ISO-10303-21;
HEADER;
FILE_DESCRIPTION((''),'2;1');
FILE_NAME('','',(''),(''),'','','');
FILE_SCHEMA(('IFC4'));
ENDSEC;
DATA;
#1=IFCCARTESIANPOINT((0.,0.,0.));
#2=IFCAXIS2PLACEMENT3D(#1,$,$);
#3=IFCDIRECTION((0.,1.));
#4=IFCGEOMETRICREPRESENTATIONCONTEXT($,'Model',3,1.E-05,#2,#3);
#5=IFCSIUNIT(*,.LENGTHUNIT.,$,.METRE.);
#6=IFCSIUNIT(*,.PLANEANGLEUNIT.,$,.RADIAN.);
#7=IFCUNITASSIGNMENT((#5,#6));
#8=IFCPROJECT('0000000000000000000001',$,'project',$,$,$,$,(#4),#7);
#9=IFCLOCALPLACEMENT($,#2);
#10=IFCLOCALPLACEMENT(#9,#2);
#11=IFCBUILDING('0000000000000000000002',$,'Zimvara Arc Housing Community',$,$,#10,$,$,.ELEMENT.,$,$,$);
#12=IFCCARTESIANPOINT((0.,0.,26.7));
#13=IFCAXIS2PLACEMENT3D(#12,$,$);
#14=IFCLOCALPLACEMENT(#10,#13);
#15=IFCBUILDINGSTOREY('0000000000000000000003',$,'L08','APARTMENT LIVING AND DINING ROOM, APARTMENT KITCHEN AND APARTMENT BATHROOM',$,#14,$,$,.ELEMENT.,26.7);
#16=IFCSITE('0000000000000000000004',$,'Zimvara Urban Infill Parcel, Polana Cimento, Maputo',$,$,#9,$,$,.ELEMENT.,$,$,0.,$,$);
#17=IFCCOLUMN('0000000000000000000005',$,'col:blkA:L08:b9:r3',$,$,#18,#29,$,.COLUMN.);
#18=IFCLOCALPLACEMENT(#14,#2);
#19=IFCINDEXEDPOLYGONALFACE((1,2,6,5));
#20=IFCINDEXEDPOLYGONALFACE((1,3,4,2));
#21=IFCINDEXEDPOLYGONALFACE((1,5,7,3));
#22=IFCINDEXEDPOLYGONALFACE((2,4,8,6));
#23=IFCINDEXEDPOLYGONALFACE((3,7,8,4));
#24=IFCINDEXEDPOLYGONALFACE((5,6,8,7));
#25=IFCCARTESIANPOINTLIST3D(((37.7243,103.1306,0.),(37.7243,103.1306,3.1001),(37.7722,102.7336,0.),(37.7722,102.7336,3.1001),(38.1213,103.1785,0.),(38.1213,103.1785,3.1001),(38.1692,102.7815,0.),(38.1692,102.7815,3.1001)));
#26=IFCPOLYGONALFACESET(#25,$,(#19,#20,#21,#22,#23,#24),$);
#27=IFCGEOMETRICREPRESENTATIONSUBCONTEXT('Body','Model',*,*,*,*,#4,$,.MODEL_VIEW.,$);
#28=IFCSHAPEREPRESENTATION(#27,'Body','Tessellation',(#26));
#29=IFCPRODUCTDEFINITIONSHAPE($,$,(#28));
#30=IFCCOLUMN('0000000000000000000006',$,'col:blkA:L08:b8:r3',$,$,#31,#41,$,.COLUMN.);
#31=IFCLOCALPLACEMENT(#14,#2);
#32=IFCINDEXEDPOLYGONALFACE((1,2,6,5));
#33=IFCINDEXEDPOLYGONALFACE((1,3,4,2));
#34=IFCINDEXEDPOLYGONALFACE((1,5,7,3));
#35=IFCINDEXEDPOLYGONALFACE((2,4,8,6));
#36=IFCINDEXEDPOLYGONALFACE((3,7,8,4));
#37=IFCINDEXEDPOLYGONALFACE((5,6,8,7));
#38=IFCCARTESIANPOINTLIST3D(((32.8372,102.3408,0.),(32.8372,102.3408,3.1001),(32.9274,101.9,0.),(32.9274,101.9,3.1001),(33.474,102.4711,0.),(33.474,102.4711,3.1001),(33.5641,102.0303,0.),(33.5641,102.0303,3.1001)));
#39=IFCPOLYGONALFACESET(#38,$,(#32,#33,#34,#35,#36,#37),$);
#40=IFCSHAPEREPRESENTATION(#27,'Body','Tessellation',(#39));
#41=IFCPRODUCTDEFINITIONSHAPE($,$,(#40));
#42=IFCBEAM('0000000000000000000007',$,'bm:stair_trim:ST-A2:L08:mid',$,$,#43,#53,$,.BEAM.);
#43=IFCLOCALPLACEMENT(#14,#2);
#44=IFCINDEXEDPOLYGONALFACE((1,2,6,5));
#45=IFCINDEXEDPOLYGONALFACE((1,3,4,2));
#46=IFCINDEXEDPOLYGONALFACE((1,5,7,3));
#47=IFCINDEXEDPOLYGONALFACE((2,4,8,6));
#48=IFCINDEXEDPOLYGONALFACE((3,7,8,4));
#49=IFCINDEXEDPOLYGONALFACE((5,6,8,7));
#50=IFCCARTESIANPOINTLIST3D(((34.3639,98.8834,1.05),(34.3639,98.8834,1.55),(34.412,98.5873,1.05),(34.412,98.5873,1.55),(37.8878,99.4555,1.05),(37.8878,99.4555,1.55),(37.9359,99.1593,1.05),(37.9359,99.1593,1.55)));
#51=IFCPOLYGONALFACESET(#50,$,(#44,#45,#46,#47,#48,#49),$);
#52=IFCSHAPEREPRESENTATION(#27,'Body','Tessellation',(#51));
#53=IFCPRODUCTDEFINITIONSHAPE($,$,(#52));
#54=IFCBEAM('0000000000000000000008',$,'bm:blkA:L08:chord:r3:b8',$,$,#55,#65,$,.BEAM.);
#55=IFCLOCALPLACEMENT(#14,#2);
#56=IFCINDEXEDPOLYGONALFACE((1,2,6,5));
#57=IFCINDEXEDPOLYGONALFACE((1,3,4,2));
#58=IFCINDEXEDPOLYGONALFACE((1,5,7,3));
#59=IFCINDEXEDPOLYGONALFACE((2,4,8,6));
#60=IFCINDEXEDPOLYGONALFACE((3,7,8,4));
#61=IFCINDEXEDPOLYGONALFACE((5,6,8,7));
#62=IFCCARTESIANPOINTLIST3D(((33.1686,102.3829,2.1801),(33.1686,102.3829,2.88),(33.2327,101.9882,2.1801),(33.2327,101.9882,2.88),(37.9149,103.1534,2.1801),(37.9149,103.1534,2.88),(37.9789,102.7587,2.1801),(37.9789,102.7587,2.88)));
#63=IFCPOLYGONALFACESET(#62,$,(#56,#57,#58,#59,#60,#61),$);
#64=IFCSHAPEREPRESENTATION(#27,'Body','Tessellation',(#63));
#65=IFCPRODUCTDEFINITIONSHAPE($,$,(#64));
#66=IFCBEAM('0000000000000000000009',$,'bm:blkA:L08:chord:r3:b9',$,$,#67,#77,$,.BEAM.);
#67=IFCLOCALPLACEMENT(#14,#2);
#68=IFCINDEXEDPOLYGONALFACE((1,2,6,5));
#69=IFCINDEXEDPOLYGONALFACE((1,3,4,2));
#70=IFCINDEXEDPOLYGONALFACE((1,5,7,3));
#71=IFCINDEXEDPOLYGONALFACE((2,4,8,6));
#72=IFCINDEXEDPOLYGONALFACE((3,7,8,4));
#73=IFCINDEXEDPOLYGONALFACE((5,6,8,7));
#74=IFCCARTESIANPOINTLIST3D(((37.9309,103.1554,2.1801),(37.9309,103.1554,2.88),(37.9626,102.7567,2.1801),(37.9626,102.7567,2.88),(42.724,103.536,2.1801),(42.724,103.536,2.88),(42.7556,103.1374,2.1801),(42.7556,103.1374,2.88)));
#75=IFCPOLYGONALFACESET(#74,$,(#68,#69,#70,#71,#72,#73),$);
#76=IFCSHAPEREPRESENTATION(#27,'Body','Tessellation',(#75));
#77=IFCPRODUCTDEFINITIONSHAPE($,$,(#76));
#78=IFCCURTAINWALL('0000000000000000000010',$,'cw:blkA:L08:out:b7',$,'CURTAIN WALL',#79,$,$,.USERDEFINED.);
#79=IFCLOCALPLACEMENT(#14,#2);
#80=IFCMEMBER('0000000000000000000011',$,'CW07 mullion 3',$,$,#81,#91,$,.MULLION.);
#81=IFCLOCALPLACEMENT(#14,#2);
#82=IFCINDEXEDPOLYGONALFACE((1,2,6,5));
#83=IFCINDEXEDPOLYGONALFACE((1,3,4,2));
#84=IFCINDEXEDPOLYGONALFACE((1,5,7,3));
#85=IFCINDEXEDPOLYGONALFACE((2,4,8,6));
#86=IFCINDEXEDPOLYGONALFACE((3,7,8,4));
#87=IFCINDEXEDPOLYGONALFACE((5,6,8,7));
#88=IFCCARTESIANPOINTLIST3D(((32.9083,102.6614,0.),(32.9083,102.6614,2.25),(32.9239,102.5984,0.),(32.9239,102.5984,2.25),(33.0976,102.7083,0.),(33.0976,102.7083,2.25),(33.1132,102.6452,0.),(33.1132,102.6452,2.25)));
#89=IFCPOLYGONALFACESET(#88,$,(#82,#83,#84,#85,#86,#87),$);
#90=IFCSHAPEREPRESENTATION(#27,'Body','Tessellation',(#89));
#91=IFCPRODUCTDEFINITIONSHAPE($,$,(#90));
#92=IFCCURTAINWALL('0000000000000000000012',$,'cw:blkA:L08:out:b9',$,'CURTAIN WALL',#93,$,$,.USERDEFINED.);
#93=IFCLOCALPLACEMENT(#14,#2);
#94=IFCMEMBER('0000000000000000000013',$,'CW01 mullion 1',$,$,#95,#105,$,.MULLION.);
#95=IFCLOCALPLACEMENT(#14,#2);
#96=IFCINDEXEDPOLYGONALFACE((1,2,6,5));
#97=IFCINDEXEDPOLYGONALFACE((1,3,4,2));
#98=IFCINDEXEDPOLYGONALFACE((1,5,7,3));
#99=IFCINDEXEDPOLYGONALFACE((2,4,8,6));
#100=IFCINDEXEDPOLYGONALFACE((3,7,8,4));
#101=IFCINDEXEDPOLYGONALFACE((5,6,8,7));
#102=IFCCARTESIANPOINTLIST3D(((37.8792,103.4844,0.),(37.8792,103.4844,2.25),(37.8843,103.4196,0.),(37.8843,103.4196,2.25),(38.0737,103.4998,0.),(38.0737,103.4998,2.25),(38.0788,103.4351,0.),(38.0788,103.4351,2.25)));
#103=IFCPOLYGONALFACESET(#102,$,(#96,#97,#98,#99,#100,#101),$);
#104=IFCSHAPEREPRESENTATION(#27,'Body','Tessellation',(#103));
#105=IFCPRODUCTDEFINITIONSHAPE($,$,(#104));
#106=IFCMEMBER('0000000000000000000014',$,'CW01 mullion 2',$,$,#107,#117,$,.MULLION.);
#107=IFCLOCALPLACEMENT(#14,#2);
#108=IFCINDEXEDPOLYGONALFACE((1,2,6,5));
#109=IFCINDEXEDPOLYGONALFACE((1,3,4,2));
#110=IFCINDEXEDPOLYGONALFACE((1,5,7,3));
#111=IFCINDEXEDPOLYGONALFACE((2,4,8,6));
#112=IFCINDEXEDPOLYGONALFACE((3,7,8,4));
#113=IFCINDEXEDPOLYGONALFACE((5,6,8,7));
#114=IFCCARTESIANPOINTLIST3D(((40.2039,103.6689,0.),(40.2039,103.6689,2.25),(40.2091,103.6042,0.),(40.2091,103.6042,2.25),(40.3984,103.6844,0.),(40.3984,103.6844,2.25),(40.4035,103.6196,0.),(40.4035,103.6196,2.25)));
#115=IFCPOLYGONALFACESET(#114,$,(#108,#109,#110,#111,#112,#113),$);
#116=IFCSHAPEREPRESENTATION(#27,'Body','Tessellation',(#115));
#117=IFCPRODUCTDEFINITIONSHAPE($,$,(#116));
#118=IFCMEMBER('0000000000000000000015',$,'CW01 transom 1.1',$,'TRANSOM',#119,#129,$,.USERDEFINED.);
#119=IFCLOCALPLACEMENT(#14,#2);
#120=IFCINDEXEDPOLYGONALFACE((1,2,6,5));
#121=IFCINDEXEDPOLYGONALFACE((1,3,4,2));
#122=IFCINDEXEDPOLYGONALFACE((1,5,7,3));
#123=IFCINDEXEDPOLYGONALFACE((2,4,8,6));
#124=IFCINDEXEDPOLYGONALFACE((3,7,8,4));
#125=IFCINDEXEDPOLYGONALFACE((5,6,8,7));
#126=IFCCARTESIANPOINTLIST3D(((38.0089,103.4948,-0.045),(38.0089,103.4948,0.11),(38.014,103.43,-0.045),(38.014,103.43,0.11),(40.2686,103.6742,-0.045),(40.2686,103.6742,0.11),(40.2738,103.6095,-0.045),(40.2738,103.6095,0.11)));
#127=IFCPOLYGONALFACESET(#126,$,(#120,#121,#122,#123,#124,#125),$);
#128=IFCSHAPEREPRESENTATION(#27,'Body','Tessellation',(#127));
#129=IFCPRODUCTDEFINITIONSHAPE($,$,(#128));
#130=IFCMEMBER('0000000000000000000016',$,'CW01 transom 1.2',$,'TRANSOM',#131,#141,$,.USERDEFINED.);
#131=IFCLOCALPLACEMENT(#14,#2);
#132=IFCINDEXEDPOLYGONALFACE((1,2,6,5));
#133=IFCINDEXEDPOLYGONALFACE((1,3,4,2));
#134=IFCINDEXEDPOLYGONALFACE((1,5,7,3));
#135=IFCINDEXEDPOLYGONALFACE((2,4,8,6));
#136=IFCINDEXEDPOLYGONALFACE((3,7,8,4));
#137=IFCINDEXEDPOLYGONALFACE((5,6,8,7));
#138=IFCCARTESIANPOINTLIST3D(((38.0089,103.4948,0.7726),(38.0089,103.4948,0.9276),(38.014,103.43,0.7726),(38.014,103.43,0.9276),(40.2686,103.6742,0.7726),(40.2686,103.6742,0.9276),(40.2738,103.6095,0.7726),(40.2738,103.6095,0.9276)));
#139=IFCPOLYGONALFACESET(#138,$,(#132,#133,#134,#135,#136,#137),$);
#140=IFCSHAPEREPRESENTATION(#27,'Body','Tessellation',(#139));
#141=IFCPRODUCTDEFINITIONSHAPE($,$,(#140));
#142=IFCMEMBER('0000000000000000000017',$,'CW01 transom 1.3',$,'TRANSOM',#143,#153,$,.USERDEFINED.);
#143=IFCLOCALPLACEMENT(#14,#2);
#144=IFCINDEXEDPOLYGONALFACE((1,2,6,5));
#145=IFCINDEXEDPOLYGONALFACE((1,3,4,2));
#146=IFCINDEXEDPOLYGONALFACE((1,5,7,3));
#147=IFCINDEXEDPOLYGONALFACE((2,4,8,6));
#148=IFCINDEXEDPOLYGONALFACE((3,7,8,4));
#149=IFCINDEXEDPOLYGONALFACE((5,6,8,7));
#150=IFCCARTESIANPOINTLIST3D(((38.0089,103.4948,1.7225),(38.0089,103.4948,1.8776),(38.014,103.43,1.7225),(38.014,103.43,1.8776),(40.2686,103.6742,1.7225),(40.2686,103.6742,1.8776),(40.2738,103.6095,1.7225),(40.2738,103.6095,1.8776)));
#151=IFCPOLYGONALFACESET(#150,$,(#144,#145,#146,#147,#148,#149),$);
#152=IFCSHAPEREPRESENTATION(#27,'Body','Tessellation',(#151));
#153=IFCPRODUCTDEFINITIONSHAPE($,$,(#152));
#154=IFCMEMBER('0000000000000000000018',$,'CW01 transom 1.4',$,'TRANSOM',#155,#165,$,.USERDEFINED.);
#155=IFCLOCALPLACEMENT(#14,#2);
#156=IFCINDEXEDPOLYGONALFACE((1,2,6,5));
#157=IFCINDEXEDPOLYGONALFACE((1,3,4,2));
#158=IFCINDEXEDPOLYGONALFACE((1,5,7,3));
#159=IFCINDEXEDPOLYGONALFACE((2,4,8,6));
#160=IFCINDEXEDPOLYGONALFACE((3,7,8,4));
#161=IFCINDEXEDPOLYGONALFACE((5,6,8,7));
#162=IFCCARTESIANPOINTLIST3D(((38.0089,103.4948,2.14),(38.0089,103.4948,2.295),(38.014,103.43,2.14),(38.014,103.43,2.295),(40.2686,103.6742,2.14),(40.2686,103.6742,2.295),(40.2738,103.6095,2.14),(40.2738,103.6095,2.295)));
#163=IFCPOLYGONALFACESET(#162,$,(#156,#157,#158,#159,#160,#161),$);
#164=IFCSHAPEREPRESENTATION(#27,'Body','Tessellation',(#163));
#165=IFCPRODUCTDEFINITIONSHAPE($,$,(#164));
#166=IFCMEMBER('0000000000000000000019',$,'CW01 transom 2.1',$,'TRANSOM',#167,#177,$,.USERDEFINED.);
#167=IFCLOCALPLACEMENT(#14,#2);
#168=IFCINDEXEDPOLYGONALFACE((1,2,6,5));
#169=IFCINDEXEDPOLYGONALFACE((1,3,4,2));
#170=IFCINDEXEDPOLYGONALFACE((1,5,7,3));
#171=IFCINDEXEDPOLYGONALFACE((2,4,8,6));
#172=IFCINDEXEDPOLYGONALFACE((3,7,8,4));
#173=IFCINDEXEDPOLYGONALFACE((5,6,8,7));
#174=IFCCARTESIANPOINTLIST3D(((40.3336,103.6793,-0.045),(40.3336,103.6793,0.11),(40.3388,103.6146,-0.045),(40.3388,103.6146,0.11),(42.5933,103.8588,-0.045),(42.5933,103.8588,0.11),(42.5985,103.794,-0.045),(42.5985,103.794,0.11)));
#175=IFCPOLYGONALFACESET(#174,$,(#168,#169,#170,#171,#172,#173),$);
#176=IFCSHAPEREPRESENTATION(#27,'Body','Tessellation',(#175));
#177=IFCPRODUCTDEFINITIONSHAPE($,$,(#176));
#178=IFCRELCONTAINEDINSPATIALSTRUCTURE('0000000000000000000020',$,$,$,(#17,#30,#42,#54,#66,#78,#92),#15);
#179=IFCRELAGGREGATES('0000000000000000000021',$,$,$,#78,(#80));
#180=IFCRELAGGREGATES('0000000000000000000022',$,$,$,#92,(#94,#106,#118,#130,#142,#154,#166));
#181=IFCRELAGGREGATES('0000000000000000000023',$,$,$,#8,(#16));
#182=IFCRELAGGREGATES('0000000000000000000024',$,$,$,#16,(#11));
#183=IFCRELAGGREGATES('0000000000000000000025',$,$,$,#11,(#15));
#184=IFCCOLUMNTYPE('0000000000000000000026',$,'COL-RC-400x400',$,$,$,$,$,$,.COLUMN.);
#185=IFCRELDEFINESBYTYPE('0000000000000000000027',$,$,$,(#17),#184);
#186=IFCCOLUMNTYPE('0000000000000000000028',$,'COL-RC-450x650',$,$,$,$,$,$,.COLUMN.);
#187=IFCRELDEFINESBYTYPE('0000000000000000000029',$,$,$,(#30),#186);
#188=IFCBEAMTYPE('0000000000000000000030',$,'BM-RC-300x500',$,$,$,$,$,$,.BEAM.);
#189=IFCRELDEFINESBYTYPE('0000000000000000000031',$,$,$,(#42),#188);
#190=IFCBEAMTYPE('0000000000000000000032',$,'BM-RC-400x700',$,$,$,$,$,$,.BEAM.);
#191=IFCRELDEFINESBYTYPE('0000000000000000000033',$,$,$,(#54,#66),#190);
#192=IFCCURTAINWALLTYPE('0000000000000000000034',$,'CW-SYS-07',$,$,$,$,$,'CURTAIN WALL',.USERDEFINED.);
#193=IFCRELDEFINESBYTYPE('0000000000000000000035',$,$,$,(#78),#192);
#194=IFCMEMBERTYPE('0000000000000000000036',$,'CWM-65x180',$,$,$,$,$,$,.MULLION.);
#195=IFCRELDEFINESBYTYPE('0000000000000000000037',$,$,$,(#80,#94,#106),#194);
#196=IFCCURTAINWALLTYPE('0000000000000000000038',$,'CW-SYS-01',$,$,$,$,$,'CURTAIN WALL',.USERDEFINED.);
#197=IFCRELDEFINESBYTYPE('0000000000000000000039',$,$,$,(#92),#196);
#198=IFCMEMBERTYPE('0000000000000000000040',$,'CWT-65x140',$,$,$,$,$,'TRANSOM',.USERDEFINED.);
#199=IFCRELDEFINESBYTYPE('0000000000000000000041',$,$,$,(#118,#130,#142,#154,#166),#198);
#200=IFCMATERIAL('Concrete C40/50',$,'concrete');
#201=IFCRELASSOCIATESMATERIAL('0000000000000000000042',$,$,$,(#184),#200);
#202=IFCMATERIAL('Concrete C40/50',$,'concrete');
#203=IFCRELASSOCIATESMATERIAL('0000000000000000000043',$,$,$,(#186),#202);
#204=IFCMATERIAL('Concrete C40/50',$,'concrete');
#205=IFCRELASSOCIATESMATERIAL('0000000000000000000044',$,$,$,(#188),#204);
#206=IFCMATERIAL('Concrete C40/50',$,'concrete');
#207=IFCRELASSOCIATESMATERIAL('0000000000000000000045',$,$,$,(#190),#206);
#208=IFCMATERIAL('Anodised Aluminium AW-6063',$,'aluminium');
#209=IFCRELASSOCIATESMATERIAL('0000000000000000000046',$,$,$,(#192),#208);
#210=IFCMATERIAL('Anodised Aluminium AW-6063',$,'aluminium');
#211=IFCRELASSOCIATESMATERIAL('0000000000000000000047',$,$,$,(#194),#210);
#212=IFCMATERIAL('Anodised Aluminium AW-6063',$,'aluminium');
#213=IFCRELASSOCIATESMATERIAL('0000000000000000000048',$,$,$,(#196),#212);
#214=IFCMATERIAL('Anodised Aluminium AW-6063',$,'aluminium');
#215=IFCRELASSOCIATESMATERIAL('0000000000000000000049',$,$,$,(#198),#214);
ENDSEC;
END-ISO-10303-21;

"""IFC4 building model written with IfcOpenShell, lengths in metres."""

from ifc_helpers import new_model, si_unit, direction, frame, origin, origin_2d, place, context, subcontext, project, spatial, rectangle, extrude, material, material_profile, profile_set, type_object, element, aggregate, save


model = new_model("IFC4")

# Units and contexts
model_context = context("Model", 3, precision=1e-05, world=origin(), true_north=direction((0.0, 1.0)))
body_context = subcontext(model_context, "Body", "Model", "MODEL_VIEW")
ifc_project = project(units=[si_unit("LENGTHUNIT", "METRE"), si_unit("PLANEANGLEUNIT", "RADIAN")], contexts=[model_context])

# Site, building, storey
site_placement = place(None, origin())
site = spatial("IfcSite", under=ifc_project, at=site_placement, Name="Zimvara Urban Infill Parcel, Polana Cimento, Maputo", CompositionType="ELEMENT", RefElevation=0.0)
building_placement = place(site_placement, origin())
building = spatial("IfcBuilding", under=site, at=building_placement, Name="Zimvara Arc Housing Community", CompositionType="ELEMENT")
storey_placement = place(building_placement, frame((0.0, 0.0, 26.7)))
storey = spatial("IfcBuildingStorey", under=building, at=storey_placement, Name="L08", Description="APARTMENT LIVING AND DINING ROOM, APARTMENT KITCHEN AND APARTMENT BATHROOM", CompositionType="ELEMENT", Elevation=26.7)

# Columns
ifc_material_1 = material(Name="Concrete C40/50", Category="concrete")
ifc_material_profile_1 = material_profile(ifc_material_1, rectangle(XDim=0.3999, YDim=0.3999, at=origin_2d()), Name="RC 400x400")
ifc_profile_set_1 = profile_set([ifc_material_profile_1], Name="Concrete C40/50")
column_type_1 = type_object("IfcColumnType", Name="COL-RC-400x400", PredefinedType="COLUMN", material=ifc_profile_set_1)
column_1_placement = place(storey_placement, frame((37.9468, 102.9561, 0.0), z_axis=(0.0, 0.0, 1.0), x_axis=(-0.11979, 0.992799, 0.0)))
element("IfcColumn", 1, at=column_1_placement, inside=storey, type_object=column_type_1, Name="col:blkA:L08:b9:r3", PredefinedType="COLUMN", context=body_context, shape_type="SweptSolid", body=[
    extrude(rectangle(XDim=0.3999, YDim=0.3999, at=origin_2d()), origin(), (0.0, 0.0, 1.0), 3.1001),
])
ifc_material_2 = material(Name="Concrete C40/50", Category="concrete")
ifc_material_profile_2 = material_profile(ifc_material_2, rectangle(XDim=0.45, YDim=0.6499, at=origin_2d()), Name="RC 450x650")
ifc_profile_set_2 = profile_set([ifc_material_profile_2], Name="Concrete C40/50")
column_type_2 = type_object("IfcColumnType", Name="COL-RC-450x650", PredefinedType="COLUMN", material=ifc_profile_set_2)
column_2_placement = place(storey_placement, frame((33.2007, 102.1855, 0.0), z_axis=(0.0, 0.0, 1.0), x_axis=(-0.200394, 0.979715, 0.0)))
element("IfcColumn", 2, at=column_2_placement, inside=storey, type_object=column_type_2, Name="col:blkA:L08:b8:r3", PredefinedType="COLUMN", context=body_context, shape_type="SweptSolid", body=[
    extrude(rectangle(XDim=0.45, YDim=0.6499, at=origin_2d()), origin(), (0.0, 0.0, 1.0), 3.1001),
])

# Beams
ifc_material_3 = material(Name="Concrete C40/50", Category="concrete")
ifc_material_profile_3 = material_profile(ifc_material_3, rectangle(XDim=0.3, YDim=0.5, at=origin_2d()), Name="RC 300x500")
ifc_profile_set_3 = profile_set([ifc_material_profile_3], Name="Concrete C40/50")
beam_type_1 = type_object("IfcBeamType", Name="BM-RC-300x500", PredefinedType="BEAM", material=ifc_profile_set_3)
beam_1_placement = place(storey_placement, frame((37.9119, 99.3074, 1.3), z_axis=(-0.98708, -0.160228, 0.0), x_axis=(0.160228, -0.98708, 0.0)))
element("IfcBeam", 3, at=beam_1_placement, inside=storey, type_object=beam_type_1, Name="bm:stair_trim:ST-A2:L08:mid", PredefinedType="BEAM", context=body_context, shape_type="SweptSolid", body=[
    extrude(rectangle(XDim=0.3, YDim=0.5, at=origin_2d()), origin(), (0.0, 0.0, 1.0), 3.5701),
])
ifc_material_4 = material(Name="Concrete C40/50", Category="concrete")
ifc_material_profile_4 = material_profile(ifc_material_4, rectangle(XDim=0.3999, YDim=0.7, at=origin_2d()), Name="RC 400x700")
ifc_profile_set_4 = profile_set([ifc_material_profile_4], Name="Concrete C40/50")
beam_type_2 = type_object("IfcBeamType", Name="BM-RC-400x700", PredefinedType="BEAM", material=ifc_profile_set_4)
beam_2_placement = place(storey_placement, frame((33.2007, 102.1855, 2.53), z_axis=(0.987077, 0.160248, 0.0), x_axis=(-0.160248, 0.987077, 0.0)))
element("IfcBeam", 4, at=beam_2_placement, inside=storey, type_object=beam_type_2, Name="bm:blkA:L08:chord:r3:b8", PredefinedType="BEAM", context=body_context, shape_type="SweptSolid", body=[
    extrude(rectangle(XDim=0.3999, YDim=0.7, at=origin_2d()), origin(), (0.0, 0.0, 1.0), 4.8083),
])
beam_3_placement = place(storey_placement, frame((37.9468, 102.9561, 2.53), z_axis=(0.996862, 0.079162, 0.0), x_axis=(-0.079162, 0.996862, 0.0)))
element("IfcBeam", 5, at=beam_3_placement, inside=storey, type_object=beam_type_2, Name="bm:blkA:L08:chord:r3:b9", PredefinedType="BEAM", context=body_context, shape_type="SweptSolid", body=[
    extrude(rectangle(XDim=0.3999, YDim=0.7, at=origin_2d()), origin(), (0.0, 0.0, 1.0), 4.8081),
])

# Curtain wall, member
ifc_material_5 = material(Name="Anodised Aluminium AW-6063", Category="aluminium")
curtain_wall_type_1 = type_object("IfcCurtainWallType", Name="CW-SYS-07", ElementType="CURTAIN WALL", PredefinedType="USERDEFINED", material=ifc_material_5)
curtain_wall_1_placement = place(storey_placement, origin())
curtain_wall_1 = element("IfcCurtainWall", 6, at=curtain_wall_1_placement, inside=storey, type_object=curtain_wall_type_1, Name="cw:blkA:L08:out:b7", ObjectType="CURTAIN WALL", PredefinedType="USERDEFINED")
ifc_material_6 = material(Name="Anodised Aluminium AW-6063", Category="aluminium")
ifc_material_profile_5 = material_profile(ifc_material_6, rectangle(XDim=0.0649, YDim=0.1951, at=origin_2d()), Name="ALU 65x195")
ifc_profile_set_5 = profile_set([ifc_material_profile_5], Name="Anodised Aluminium AW-6063")
member_type_1 = type_object("IfcMemberType", Name="CWM-65x180", PredefinedType="MULLION", material=ifc_profile_set_5)
member_1_placement = place(storey_placement, frame((33.0107, 102.6533, 0.0), z_axis=(0.0, 0.0, 1.0), x_axis=(-0.24023, 0.970716, 0.0)))
member_1 = element("IfcMember", 7, at=member_1_placement, type_object=member_type_1, Name="CW07 mullion 3", PredefinedType="MULLION", context=body_context, shape_type="SweptSolid", body=[
    extrude(rectangle(XDim=0.0649, YDim=0.1951, at=origin_2d()), origin(), (0.0, 0.0, 1.0), 2.25),
])
aggregate(curtain_wall_1, [member_1])

# Curtain wall, members
ifc_material_7 = material(Name="Anodised Aluminium AW-6063", Category="aluminium")
curtain_wall_type_2 = type_object("IfcCurtainWallType", Name="CW-SYS-01", ElementType="CURTAIN WALL", PredefinedType="USERDEFINED", material=ifc_material_7)
curtain_wall_2_placement = place(storey_placement, origin())
curtain_wall_2 = element("IfcCurtainWall", 8, at=curtain_wall_2_placement, inside=storey, type_object=curtain_wall_type_2, Name="cw:blkA:L08:out:b9", ObjectType="CURTAIN WALL", PredefinedType="USERDEFINED")
member_2_placement = place(storey_placement, frame((37.979, 103.4597, 0.0), z_axis=(0.0, 0.0, 1.0), x_axis=(-0.079154, 0.996862, 0.0)))
member_2 = element("IfcMember", 9, at=member_2_placement, type_object=member_type_1, Name="CW01 mullion 1", PredefinedType="MULLION", context=body_context, shape_type="SweptSolid", body=[
    extrude(rectangle(XDim=0.0649, YDim=0.1951, at=origin_2d()), origin(), (0.0, 0.0, 1.0), 2.25),
])
member_3_placement = place(storey_placement, frame((40.3037, 103.6443, 0.0), z_axis=(0.0, 0.0, 1.0), x_axis=(-0.079154, 0.996862, 0.0)))
member_3 = element("IfcMember", 10, at=member_3_placement, type_object=member_type_1, Name="CW01 mullion 2", PredefinedType="MULLION", context=body_context, shape_type="SweptSolid", body=[
    extrude(rectangle(XDim=0.0649, YDim=0.1951, at=origin_2d()), origin(), (0.0, 0.0, 1.0), 2.25),
])
ifc_material_8 = material(Name="Anodised Aluminium AW-6063", Category="aluminium")
ifc_material_profile_6 = material_profile(ifc_material_8, rectangle(XDim=0.0649, YDim=0.155, at=origin_2d()), Name="ALU 65x155")
ifc_profile_set_6 = profile_set([ifc_material_profile_6], Name="Anodised Aluminium AW-6063")
member_type_2 = type_object("IfcMemberType", Name="CWT-65x140", ElementType="TRANSOM", PredefinedType="USERDEFINED", material=ifc_profile_set_6)
member_4_placement = place(storey_placement, frame((38.0115, 103.4624, 0.0325), z_axis=(0.996862, 0.079159, 0.0), x_axis=(-0.079159, 0.996862, 0.0)))
member_4 = element("IfcMember", 11, at=member_4_placement, type_object=member_type_2, Name="CW01 transom 1.1", ObjectType="TRANSOM", PredefinedType="USERDEFINED", context=body_context, shape_type="SweptSolid", body=[
    extrude(rectangle(XDim=0.0649, YDim=0.155, at=origin_2d()), origin(), (0.0, 0.0, 1.0), 2.2668),
])
member_5_placement = place(storey_placement, frame((38.0115, 103.4624, 0.8501), z_axis=(0.996862, 0.079159, 0.0), x_axis=(-0.079159, 0.996862, 0.0)))
member_5 = element("IfcMember", 12, at=member_5_placement, type_object=member_type_2, Name="CW01 transom 1.2", ObjectType="TRANSOM", PredefinedType="USERDEFINED", context=body_context, shape_type="SweptSolid", body=[
    extrude(rectangle(XDim=0.0649, YDim=0.155, at=origin_2d()), origin(), (0.0, 0.0, 1.0), 2.2668),
])
member_6_placement = place(storey_placement, frame((38.0115, 103.4624, 1.8), z_axis=(0.996862, 0.079159, 0.0), x_axis=(-0.079159, 0.996862, 0.0)))
member_6 = element("IfcMember", 13, at=member_6_placement, type_object=member_type_2, Name="CW01 transom 1.3", ObjectType="TRANSOM", PredefinedType="USERDEFINED", context=body_context, shape_type="SweptSolid", body=[
    extrude(rectangle(XDim=0.0649, YDim=0.155, at=origin_2d()), origin(), (0.0, 0.0, 1.0), 2.2668),
])
member_7_placement = place(storey_placement, frame((38.0115, 103.4624, 2.2175), z_axis=(0.996862, 0.079159, 0.0), x_axis=(-0.079159, 0.996862, 0.0)))
member_7 = element("IfcMember", 14, at=member_7_placement, type_object=member_type_2, Name="CW01 transom 1.4", ObjectType="TRANSOM", PredefinedType="USERDEFINED", context=body_context, shape_type="SweptSolid", body=[
    extrude(rectangle(XDim=0.0649, YDim=0.155, at=origin_2d()), origin(), (0.0, 0.0, 1.0), 2.2668),
])
member_8_placement = place(storey_placement, frame((40.3362, 103.647, 0.0325), z_axis=(0.996862, 0.079159, 0.0), x_axis=(-0.079159, 0.996862, 0.0)))
member_8 = element("IfcMember", 15, at=member_8_placement, type_object=member_type_2, Name="CW01 transom 2.1", ObjectType="TRANSOM", PredefinedType="USERDEFINED", context=body_context, shape_type="SweptSolid", body=[
    extrude(rectangle(XDim=0.0649, YDim=0.155, at=origin_2d()), origin(), (0.0, 0.0, 1.0), 2.2668),
])
aggregate(curtain_wall_2, [member_2, member_3, member_4, member_5, member_6, member_7, member_8])

save(model, "model.ifc")
